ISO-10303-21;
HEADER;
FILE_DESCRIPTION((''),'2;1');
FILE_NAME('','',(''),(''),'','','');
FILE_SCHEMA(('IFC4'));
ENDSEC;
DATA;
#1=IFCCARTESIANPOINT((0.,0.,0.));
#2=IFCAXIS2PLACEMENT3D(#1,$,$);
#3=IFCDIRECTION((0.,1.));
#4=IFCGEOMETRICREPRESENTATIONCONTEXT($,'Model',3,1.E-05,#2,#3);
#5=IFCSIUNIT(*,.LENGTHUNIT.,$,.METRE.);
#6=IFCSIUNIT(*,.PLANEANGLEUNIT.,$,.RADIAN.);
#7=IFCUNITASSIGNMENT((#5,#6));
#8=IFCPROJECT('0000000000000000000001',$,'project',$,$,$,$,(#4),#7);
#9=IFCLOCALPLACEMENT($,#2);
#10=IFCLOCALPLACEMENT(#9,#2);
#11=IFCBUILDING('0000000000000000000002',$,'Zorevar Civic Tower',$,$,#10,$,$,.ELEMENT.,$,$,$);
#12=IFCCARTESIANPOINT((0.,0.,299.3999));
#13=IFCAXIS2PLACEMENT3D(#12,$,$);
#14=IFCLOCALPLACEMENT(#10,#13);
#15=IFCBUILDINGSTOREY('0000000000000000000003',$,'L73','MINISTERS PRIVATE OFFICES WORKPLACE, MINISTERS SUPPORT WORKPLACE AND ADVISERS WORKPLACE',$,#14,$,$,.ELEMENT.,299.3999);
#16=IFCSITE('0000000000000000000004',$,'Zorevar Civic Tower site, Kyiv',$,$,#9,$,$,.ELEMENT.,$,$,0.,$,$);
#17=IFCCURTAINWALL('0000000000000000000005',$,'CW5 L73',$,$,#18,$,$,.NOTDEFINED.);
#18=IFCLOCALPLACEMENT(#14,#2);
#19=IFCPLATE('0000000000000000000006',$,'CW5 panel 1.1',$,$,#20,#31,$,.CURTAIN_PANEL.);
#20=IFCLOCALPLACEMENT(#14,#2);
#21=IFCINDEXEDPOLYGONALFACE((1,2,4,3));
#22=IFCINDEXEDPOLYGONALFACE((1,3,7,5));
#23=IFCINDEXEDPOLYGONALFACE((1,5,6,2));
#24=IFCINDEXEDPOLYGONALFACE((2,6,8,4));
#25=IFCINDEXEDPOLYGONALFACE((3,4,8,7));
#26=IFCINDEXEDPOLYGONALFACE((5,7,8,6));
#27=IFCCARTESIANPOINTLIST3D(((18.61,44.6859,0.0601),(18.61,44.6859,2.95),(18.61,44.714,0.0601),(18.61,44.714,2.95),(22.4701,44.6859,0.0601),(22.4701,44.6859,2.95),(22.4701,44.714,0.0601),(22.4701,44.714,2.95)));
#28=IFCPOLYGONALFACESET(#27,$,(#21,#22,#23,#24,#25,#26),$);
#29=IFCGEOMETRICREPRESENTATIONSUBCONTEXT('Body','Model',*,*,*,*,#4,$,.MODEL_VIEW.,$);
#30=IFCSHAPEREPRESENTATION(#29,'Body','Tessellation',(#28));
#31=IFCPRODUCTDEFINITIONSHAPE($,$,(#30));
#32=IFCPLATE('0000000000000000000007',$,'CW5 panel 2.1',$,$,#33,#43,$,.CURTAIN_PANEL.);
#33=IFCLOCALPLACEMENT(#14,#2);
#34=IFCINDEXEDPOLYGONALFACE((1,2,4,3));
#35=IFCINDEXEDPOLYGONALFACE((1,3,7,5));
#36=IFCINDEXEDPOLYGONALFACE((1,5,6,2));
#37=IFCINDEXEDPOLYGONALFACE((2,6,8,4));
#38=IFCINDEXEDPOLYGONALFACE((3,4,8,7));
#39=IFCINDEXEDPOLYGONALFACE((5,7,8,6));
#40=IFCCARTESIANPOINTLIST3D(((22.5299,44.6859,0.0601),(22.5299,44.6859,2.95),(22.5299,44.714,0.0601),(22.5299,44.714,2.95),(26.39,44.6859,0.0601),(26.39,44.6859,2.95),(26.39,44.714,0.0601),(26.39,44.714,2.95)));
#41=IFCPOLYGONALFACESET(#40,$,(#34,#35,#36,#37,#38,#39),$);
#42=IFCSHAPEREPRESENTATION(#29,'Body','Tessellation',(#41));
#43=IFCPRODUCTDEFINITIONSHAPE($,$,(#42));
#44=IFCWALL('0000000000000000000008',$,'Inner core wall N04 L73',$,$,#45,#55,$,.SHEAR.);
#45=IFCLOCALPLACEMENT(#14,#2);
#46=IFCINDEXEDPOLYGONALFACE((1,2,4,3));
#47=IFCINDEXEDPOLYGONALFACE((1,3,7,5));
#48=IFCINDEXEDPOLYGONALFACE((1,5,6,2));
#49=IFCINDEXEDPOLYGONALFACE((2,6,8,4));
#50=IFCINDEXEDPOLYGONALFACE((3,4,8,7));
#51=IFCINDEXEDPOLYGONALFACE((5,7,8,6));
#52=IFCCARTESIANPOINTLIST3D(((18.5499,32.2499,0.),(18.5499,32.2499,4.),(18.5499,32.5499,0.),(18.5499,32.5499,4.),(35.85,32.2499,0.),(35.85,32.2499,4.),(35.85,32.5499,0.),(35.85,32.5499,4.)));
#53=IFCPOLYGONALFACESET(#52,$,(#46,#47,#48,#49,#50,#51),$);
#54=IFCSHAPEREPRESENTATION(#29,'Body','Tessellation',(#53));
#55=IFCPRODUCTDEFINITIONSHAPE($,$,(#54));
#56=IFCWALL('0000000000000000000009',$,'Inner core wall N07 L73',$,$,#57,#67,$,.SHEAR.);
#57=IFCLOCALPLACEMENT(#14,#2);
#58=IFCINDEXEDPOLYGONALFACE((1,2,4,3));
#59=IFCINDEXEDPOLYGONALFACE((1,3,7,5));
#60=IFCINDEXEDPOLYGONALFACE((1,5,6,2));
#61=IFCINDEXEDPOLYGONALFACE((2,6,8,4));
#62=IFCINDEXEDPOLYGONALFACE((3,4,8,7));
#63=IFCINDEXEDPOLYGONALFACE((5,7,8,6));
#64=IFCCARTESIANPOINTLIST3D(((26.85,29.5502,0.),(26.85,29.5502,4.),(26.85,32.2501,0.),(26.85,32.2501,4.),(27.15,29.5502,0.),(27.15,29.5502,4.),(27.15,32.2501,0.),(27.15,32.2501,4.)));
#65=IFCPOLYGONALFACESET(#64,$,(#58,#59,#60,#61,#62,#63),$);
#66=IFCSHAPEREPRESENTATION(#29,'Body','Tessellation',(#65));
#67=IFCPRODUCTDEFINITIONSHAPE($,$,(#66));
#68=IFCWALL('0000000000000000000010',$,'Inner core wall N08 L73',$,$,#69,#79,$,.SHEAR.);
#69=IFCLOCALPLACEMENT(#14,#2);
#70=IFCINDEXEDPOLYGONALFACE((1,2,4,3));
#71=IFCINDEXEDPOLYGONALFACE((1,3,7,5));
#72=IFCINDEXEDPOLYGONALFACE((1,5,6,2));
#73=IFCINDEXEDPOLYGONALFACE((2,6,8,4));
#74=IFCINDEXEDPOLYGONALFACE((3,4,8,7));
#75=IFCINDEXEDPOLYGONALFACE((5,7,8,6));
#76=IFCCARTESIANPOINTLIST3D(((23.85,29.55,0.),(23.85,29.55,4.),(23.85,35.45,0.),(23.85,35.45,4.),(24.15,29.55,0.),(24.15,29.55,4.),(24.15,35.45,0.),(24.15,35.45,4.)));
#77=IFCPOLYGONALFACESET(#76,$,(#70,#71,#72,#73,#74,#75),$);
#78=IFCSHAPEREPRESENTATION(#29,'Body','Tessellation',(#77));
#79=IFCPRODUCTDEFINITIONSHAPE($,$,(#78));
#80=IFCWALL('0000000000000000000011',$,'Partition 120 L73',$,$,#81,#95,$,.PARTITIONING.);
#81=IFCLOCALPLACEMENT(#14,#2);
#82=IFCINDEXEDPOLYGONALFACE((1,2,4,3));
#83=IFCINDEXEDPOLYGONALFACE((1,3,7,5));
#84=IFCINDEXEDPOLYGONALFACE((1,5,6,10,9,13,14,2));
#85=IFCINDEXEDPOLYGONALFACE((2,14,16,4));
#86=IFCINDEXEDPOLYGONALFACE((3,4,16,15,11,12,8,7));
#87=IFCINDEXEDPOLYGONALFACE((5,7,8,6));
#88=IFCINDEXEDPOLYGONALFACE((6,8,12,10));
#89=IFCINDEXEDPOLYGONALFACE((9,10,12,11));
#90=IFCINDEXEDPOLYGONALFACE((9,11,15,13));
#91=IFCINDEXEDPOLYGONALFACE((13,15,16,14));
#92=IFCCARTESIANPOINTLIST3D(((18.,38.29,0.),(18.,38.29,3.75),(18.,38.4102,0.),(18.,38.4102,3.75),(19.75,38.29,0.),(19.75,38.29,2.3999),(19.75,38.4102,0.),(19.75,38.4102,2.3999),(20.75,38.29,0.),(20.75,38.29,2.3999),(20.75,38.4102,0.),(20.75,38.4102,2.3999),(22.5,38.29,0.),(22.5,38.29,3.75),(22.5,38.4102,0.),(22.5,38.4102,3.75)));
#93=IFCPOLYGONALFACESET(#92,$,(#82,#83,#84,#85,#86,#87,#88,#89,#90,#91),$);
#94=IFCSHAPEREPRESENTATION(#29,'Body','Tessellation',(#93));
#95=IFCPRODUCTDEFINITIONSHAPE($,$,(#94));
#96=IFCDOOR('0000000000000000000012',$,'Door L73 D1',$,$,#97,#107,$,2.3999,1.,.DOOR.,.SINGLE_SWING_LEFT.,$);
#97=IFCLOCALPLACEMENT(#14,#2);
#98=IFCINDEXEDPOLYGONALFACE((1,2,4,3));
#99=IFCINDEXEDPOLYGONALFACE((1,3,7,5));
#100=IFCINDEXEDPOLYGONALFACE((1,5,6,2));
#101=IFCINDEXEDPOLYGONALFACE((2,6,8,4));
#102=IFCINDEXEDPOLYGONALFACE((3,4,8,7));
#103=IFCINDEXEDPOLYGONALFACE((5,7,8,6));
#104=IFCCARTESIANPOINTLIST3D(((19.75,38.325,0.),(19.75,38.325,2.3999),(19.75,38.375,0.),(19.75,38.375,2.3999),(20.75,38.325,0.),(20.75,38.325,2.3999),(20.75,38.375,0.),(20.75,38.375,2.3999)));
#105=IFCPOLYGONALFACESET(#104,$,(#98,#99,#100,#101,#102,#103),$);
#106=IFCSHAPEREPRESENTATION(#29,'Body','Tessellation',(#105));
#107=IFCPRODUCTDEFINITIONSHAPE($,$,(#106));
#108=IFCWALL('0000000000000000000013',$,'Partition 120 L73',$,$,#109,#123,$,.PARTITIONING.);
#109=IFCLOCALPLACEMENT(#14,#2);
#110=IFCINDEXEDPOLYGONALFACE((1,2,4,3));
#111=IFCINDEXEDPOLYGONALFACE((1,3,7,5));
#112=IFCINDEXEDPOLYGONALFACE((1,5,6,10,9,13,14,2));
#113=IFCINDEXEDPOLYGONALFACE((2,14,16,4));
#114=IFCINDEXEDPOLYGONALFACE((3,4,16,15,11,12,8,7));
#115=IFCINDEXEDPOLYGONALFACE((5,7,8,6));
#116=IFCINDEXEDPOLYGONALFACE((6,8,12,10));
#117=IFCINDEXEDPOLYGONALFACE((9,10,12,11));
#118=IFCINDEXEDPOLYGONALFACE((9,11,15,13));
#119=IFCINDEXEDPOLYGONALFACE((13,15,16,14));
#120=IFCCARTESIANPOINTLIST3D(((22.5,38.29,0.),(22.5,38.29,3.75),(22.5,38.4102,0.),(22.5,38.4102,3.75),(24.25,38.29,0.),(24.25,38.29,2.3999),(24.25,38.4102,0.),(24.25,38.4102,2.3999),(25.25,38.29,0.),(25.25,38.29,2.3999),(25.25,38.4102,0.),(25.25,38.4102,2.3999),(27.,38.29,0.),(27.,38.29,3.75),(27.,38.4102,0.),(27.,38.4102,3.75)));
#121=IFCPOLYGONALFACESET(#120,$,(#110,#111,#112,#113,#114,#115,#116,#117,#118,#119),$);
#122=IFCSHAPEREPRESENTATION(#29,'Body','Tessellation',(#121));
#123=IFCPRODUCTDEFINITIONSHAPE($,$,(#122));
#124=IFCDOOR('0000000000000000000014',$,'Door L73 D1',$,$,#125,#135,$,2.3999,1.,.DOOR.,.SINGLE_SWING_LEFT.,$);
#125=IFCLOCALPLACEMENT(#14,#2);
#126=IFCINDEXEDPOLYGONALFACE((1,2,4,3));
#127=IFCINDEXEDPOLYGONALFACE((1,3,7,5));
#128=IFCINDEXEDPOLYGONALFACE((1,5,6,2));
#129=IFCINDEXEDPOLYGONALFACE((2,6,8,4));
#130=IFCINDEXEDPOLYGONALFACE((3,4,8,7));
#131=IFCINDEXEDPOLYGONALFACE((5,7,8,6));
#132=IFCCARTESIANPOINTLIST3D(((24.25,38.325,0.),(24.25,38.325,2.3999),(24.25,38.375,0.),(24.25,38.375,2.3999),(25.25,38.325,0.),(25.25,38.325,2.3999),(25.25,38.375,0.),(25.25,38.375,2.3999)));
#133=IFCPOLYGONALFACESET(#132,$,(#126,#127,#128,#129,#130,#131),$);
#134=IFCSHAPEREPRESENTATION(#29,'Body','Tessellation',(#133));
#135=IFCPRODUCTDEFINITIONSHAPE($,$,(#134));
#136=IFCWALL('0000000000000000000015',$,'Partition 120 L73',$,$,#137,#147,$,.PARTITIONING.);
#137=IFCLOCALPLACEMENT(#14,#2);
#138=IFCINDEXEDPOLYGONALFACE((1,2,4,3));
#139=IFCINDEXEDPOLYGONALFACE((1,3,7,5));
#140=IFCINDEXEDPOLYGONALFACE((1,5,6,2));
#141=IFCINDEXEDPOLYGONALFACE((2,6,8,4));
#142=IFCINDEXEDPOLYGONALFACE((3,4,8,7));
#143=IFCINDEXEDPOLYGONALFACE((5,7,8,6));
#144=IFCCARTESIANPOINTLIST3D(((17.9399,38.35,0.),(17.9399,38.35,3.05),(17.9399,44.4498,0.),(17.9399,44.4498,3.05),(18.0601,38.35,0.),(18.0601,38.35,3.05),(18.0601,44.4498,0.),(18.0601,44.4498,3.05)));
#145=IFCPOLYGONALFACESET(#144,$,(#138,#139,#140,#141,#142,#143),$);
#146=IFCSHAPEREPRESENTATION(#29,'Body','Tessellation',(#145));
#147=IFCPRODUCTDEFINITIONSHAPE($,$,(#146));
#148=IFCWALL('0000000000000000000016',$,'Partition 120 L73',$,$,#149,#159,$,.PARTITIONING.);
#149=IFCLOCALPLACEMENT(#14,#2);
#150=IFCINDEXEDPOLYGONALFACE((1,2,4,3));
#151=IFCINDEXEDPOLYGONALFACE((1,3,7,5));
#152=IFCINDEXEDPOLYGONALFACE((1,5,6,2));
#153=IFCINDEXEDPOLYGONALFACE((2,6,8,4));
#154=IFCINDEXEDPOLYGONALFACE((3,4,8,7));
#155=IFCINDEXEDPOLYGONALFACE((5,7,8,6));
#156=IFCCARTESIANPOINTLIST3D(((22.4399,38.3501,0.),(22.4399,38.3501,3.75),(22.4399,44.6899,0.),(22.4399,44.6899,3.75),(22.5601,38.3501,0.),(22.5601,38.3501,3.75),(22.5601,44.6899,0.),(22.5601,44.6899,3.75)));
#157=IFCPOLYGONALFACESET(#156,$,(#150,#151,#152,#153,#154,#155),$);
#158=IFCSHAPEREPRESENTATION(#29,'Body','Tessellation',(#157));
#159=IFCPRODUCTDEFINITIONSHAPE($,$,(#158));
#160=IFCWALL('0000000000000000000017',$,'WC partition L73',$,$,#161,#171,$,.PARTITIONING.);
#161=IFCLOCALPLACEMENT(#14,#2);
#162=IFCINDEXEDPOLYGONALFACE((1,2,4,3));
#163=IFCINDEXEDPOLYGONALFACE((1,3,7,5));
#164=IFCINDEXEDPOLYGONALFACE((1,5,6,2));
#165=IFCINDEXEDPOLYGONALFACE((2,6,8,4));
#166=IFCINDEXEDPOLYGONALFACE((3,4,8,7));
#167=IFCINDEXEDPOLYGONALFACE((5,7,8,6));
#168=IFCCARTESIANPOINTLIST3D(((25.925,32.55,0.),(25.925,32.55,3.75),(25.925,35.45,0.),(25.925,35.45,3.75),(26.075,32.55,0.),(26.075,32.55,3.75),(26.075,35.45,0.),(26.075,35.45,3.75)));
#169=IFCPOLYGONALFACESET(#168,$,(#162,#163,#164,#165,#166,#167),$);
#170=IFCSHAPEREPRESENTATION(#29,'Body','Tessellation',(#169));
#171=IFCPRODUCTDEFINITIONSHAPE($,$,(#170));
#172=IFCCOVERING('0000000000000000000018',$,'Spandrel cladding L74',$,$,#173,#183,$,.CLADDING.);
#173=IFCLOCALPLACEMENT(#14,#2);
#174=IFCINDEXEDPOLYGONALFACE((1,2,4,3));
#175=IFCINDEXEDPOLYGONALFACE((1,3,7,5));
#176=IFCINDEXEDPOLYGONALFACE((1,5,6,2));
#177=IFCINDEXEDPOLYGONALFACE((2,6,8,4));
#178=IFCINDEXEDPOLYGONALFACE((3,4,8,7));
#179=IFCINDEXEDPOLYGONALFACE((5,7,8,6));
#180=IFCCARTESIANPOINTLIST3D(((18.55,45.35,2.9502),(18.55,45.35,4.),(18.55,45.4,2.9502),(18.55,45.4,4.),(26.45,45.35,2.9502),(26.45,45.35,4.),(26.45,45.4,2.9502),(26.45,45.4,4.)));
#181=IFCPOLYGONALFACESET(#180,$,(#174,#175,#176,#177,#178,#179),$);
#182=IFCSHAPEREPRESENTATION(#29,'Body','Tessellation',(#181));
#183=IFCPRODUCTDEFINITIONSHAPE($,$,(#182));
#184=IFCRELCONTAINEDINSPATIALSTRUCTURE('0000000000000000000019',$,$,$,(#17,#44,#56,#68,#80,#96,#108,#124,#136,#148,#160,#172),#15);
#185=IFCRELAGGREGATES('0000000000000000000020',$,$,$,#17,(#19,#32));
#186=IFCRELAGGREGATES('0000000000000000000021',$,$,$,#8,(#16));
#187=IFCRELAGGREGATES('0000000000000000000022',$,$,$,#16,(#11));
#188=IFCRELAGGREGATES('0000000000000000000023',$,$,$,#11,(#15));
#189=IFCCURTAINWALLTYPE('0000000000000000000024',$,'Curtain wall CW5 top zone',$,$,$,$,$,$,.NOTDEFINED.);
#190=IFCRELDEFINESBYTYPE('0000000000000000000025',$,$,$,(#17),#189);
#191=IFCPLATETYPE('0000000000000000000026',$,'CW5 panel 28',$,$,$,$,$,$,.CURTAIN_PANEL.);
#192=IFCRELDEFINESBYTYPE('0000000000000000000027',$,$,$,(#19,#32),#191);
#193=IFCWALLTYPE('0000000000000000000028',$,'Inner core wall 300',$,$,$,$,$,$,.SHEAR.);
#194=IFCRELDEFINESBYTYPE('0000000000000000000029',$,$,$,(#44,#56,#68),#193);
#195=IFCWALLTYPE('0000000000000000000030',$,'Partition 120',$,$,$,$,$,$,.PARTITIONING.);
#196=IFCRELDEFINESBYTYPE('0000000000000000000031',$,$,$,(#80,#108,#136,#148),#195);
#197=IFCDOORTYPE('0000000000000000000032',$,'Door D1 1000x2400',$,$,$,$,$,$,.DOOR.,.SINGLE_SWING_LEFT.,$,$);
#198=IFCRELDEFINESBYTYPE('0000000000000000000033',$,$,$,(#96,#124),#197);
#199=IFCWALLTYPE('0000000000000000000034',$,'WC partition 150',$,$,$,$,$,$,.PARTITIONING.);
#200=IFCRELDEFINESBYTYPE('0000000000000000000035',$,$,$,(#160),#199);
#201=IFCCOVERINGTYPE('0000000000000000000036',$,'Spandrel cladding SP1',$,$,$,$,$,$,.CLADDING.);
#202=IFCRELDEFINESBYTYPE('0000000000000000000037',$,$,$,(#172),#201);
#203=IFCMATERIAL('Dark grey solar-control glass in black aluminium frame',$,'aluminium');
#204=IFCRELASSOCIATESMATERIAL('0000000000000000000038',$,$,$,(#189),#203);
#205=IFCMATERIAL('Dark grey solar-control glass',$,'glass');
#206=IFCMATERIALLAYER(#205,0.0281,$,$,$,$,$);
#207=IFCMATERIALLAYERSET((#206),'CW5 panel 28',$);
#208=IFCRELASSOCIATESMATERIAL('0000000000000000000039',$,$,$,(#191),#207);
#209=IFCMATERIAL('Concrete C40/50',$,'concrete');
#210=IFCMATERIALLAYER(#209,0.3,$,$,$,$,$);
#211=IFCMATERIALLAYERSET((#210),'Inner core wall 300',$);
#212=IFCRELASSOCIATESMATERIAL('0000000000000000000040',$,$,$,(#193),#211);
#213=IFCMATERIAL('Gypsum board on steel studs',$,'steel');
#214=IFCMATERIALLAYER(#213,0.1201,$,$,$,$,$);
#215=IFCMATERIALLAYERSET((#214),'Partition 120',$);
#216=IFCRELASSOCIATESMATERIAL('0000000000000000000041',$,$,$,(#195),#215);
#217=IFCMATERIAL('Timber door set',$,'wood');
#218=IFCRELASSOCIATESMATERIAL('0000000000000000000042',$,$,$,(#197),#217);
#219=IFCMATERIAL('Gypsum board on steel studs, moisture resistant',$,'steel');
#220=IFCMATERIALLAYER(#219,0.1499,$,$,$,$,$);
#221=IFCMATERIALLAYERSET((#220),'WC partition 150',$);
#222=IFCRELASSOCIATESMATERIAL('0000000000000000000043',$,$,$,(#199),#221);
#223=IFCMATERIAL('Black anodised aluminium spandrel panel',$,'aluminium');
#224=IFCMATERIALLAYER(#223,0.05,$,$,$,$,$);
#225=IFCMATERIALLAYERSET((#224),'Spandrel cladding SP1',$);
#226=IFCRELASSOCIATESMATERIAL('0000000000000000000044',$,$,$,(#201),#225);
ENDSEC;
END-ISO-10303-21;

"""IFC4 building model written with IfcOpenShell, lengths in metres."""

from ifc_helpers import new_model, si_unit, direction, frame, frame_2d, origin, origin_2d, place, context, subcontext, project, spatial, rectangle, extrude, material, layer, layer_set, type_object, element, fill, aggregate, save


model = new_model("IFC4")

# Units and contexts
model_context = context("Model", 3, precision=1e-05, world=origin(), true_north=direction((0.0, 1.0)))
body_context = subcontext(model_context, "Body", "Model", "MODEL_VIEW")
ifc_project = project(units=[si_unit("LENGTHUNIT", "METRE"), si_unit("PLANEANGLEUNIT", "RADIAN")], contexts=[model_context])

# Site, building, storey
site_placement = place(None, origin())
site = spatial("IfcSite", under=ifc_project, at=site_placement, Name="Zorevar Civic Tower site, Kyiv", CompositionType="ELEMENT", RefElevation=0.0)
building_placement = place(site_placement, origin())
building = spatial("IfcBuilding", under=site, at=building_placement, Name="Zorevar Civic Tower", CompositionType="ELEMENT")
storey_placement = place(building_placement, frame((0.0, 0.0, 299.3999)))
storey = spatial("IfcBuildingStorey", under=building, at=storey_placement, Name="L73", Description="MINISTERS PRIVATE OFFICES WORKPLACE, MINISTERS SUPPORT WORKPLACE AND ADVISERS WORKPLACE", CompositionType="ELEMENT", Elevation=299.3999)

# Curtain wall
ifc_material_1 = material(Name="Dark grey solar-control glass in black aluminium frame", Category="aluminium")
curtain_wall_type = type_object("IfcCurtainWallType", Name="Curtain wall CW5 top zone", PredefinedType="NOTDEFINED", material=ifc_material_1)
curtain_wall_placement = place(storey_placement, origin())
curtain_wall = element("IfcCurtainWall", 1, at=curtain_wall_placement, inside=storey, type_object=curtain_wall_type, Name="CW5 L73", PredefinedType="NOTDEFINED")

# Plates
ifc_material_2 = material(Name="Dark grey solar-control glass", Category="glass")
ifc_layer_1 = layer(ifc_material_2, 0.0281)
ifc_layer_set_1 = layer_set([ifc_layer_1], Name="CW5 panel 28")
plate_type = type_object("IfcPlateType", Name="CW5 panel 28", PredefinedType="CURTAIN_PANEL", material=ifc_layer_set_1)
plate_1_placement = place(storey_placement, frame((20.54, 44.7, 0.0601), z_axis=(0.0, 0.0, 1.0), x_axis=(1.0, 0.0, 0.0)))
plate_1 = element("IfcPlate", 2, at=plate_1_placement, type_object=plate_type, Name="CW5 panel 1.1", PredefinedType="CURTAIN_PANEL", context=body_context, shape_type="SweptSolid", body=[
    extrude(rectangle(XDim=3.8601, YDim=0.0281, at=origin_2d()), origin(), (0.0, 0.0, 1.0), 2.8899),
])
plate_2_placement = place(storey_placement, frame((24.46, 44.7, 0.0601), z_axis=(0.0, 0.0, 1.0), x_axis=(1.0, 0.0, 0.0)))
plate_2 = element("IfcPlate", 3, at=plate_2_placement, type_object=plate_type, Name="CW5 panel 2.1", PredefinedType="CURTAIN_PANEL", context=body_context, shape_type="SweptSolid", body=[
    extrude(rectangle(XDim=3.8601, YDim=0.0281, at=origin_2d()), origin(), (0.0, 0.0, 1.0), 2.8899),
])
aggregate(curtain_wall, [plate_1, plate_2])

# Walls
ifc_material_3 = material(Name="Concrete C40/50", Category="concrete")
ifc_layer_2 = layer(ifc_material_3, 0.3)
ifc_layer_set_2 = layer_set([ifc_layer_2], Name="Inner core wall 300")
wall_type_1 = type_object("IfcWallType", Name="Inner core wall 300", PredefinedType="SHEAR", material=ifc_layer_set_2)
wall_1_placement = place(storey_placement, frame((18.55, 32.3999, 0.0), z_axis=(0.0, 0.0, 1.0), x_axis=(1.0, 0.0, 0.0)))
element("IfcWall", 4, at=wall_1_placement, inside=storey, type_object=wall_type_1, Name="Inner core wall N04 L73", PredefinedType="SHEAR", context=body_context, shape_type="SweptSolid", body=[
    extrude(rectangle(XDim=17.3, YDim=0.3, at=frame_2d((8.6499, 0.0))), origin(), (0.0, 0.0, 1.0), 4.0),
])
wall_2_placement = place(storey_placement, frame((27.0, 29.55, 0.0), z_axis=(0.0, 0.0, 1.0), x_axis=(0.0, 1.0, 0.0)))
element("IfcWall", 5, at=wall_2_placement, inside=storey, type_object=wall_type_1, Name="Inner core wall N07 L73", PredefinedType="SHEAR", context=body_context, shape_type="SweptSolid", body=[
    extrude(rectangle(XDim=2.7, YDim=0.3, at=frame_2d((1.3501, 0.0))), origin(), (0.0, 0.0, 1.0), 4.0),
])
wall_3_placement = place(storey_placement, frame((24.0, 29.55, 0.0), z_axis=(0.0, 0.0, 1.0), x_axis=(0.0, 1.0, 0.0)))
element("IfcWall", 6, at=wall_3_placement, inside=storey, type_object=wall_type_1, Name="Inner core wall N08 L73", PredefinedType="SHEAR", context=body_context, shape_type="SweptSolid", body=[
    extrude(rectangle(XDim=5.8999, YDim=0.3, at=frame_2d((2.95, 0.0))), origin(), (0.0, 0.0, 1.0), 4.0),
])

# Walls, openings, doors
ifc_material_4 = material(Name="Gypsum board on steel studs", Category="steel")
ifc_layer_3 = layer(ifc_material_4, 0.1201)
ifc_layer_set_3 = layer_set([ifc_layer_3], Name="Partition 120")
wall_type_2 = type_object("IfcWallType", Name="Partition 120", PredefinedType="PARTITIONING", material=ifc_layer_set_3)
wall_4_placement = place(storey_placement, frame((18.0, 38.3501, 0.0), z_axis=(0.0, 0.0, 1.0), x_axis=(1.0, 0.0, 0.0)))
wall_4 = element("IfcWall", 7, at=wall_4_placement, inside=storey, type_object=wall_type_2, Name="Partition 120 L73", PredefinedType="PARTITIONING", context=body_context, shape_type="SweptSolid", body=[
    extrude(rectangle(XDim=4.5, YDim=0.1201, at=frame_2d((2.25, 0.0))), origin(), (0.0, 0.0, 1.0), 3.75),
])
opening_1_placement = place(wall_4_placement, frame((1.75, 0.0, 0.0)))
opening_1 = element("IfcOpeningElement", 8, at=opening_1_placement, cuts=wall_4, PredefinedType="OPENING", context=body_context, shape_type="SweptSolid", body=[
    extrude(rectangle(XDim=1.0, YDim=2.3999, at=frame_2d((0.5, 1.2))), frame((0.0, 0.0701, 0.0), z_axis=(0.0, -1.0, 0.0), x_axis=(1.0, 0.0, 0.0)), (0.0, 0.0, 1.0), 0.1401),
])
ifc_material_5 = material(Name="Timber door set", Category="wood")
door_type = type_object("IfcDoorType", Name="Door D1 1000x2400", OperationType="SINGLE_SWING_LEFT", PredefinedType="DOOR", material=ifc_material_5)
door_1_placement = place(opening_1_placement, origin())
door_1 = element("IfcDoor", 9, at=door_1_placement, inside=storey, type_object=door_type, Name="Door L73 D1", OperationType="SINGLE_SWING_LEFT", OverallHeight=2.3999, OverallWidth=1.0, PredefinedType="DOOR", context=body_context, shape_type="SweptSolid", body=[
    extrude(rectangle(XDim=1.0, YDim=2.3999, at=frame_2d((0.5, 1.2))), frame((0.0, 0.0249, 0.0), z_axis=(0.0, -1.0, 0.0), x_axis=(1.0, 0.0, 0.0)), (0.0, 0.0, 1.0), 0.05),
])
fill(opening_1, door_1)
wall_5_placement = place(storey_placement, frame((22.5, 38.3501, 0.0), z_axis=(0.0, 0.0, 1.0), x_axis=(1.0, 0.0, 0.0)))
wall_5 = element("IfcWall", 10, at=wall_5_placement, inside=storey, type_object=wall_type_2, Name="Partition 120 L73", PredefinedType="PARTITIONING", context=body_context, shape_type="SweptSolid", body=[
    extrude(rectangle(XDim=4.5, YDim=0.1201, at=frame_2d((2.25, 0.0))), origin(), (0.0, 0.0, 1.0), 3.75),
])
opening_2_placement = place(wall_5_placement, frame((1.75, 0.0, 0.0)))
opening_2 = element("IfcOpeningElement", 11, at=opening_2_placement, cuts=wall_5, PredefinedType="OPENING", context=body_context, shape_type="SweptSolid", body=[
    extrude(rectangle(XDim=1.0, YDim=2.3999, at=frame_2d((0.5, 1.2))), frame((0.0, 0.0701, 0.0), z_axis=(0.0, -1.0, 0.0), x_axis=(1.0, 0.0, 0.0)), (0.0, 0.0, 1.0), 0.1401),
])
door_2_placement = place(opening_2_placement, origin())
door_2 = element("IfcDoor", 12, at=door_2_placement, inside=storey, type_object=door_type, Name="Door L73 D1", OperationType="SINGLE_SWING_LEFT", OverallHeight=2.3999, OverallWidth=1.0, PredefinedType="DOOR", context=body_context, shape_type="SweptSolid", body=[
    extrude(rectangle(XDim=1.0, YDim=2.3999, at=frame_2d((0.5, 1.2))), frame((0.0, 0.0249, 0.0), z_axis=(0.0, -1.0, 0.0), x_axis=(1.0, 0.0, 0.0)), (0.0, 0.0, 1.0), 0.05),
])
fill(opening_2, door_2)

# Walls
wall_6_placement = place(storey_placement, frame((18.0, 38.3501, 0.0), z_axis=(0.0, 0.0, 1.0), x_axis=(0.0, 1.0, 0.0)))
element("IfcWall", 13, at=wall_6_placement, inside=storey, type_object=wall_type_2, Name="Partition 120 L73", PredefinedType="PARTITIONING", context=body_context, shape_type="SweptSolid", body=[
    extrude(rectangle(XDim=6.0999, YDim=0.1201, at=frame_2d((3.0498, 0.0))), origin(), (0.0, 0.0, 1.0), 3.05),
])
wall_7_placement = place(storey_placement, frame((22.5, 38.3501, 0.0), z_axis=(0.0, 0.0, 1.0), x_axis=(0.0, 1.0, 0.0)))
element("IfcWall", 14, at=wall_7_placement, inside=storey, type_object=wall_type_2, Name="Partition 120 L73", PredefinedType="PARTITIONING", context=body_context, shape_type="SweptSolid", body=[
    extrude(rectangle(XDim=6.3398, YDim=0.1201, at=frame_2d((3.1699, 0.0))), origin(), (0.0, 0.0, 1.0), 3.75),
])
ifc_material_6 = material(Name="Gypsum board on steel studs, moisture resistant", Category="steel")
ifc_layer_4 = layer(ifc_material_6, 0.1499)
ifc_layer_set_4 = layer_set([ifc_layer_4], Name="WC partition 150")
wall_type_3 = type_object("IfcWallType", Name="WC partition 150", PredefinedType="PARTITIONING", material=ifc_layer_set_4)
wall_8_placement = place(storey_placement, frame((26.0, 32.55, 0.0), z_axis=(0.0, 0.0, 1.0), x_axis=(0.0, 1.0, 0.0)))
element("IfcWall", 15, at=wall_8_placement, inside=storey, type_object=wall_type_3, Name="WC partition L73", PredefinedType="PARTITIONING", context=body_context, shape_type="SweptSolid", body=[
    extrude(rectangle(XDim=2.8999, YDim=0.1499, at=frame_2d((1.45, 0.0))), origin(), (0.0, 0.0, 1.0), 3.75),
])

# Covering
ifc_material_7 = material(Name="Black anodised aluminium spandrel panel", Category="aluminium")
ifc_layer_5 = layer(ifc_material_7, 0.05)
ifc_layer_set_5 = layer_set([ifc_layer_5], Name="Spandrel cladding SP1")
covering_type = type_object("IfcCoveringType", Name="Spandrel cladding SP1", PredefinedType="CLADDING", material=ifc_layer_set_5)
covering_placement = place(storey_placement, frame((18.55, 45.375, 2.9502), z_axis=(0.0, 0.0, 1.0), x_axis=(1.0, 0.0, 0.0)))
element("IfcCovering", 16, at=covering_placement, inside=storey, type_object=covering_type, Name="Spandrel cladding L74", PredefinedType="CLADDING", context=body_context, shape_type="SweptSolid", body=[
    extrude(rectangle(XDim=7.8999, YDim=0.05, at=frame_2d((3.95, 0.0))), origin(), (0.0, 0.0, 1.0), 1.0498),
])

save(model, "model.ifc")
